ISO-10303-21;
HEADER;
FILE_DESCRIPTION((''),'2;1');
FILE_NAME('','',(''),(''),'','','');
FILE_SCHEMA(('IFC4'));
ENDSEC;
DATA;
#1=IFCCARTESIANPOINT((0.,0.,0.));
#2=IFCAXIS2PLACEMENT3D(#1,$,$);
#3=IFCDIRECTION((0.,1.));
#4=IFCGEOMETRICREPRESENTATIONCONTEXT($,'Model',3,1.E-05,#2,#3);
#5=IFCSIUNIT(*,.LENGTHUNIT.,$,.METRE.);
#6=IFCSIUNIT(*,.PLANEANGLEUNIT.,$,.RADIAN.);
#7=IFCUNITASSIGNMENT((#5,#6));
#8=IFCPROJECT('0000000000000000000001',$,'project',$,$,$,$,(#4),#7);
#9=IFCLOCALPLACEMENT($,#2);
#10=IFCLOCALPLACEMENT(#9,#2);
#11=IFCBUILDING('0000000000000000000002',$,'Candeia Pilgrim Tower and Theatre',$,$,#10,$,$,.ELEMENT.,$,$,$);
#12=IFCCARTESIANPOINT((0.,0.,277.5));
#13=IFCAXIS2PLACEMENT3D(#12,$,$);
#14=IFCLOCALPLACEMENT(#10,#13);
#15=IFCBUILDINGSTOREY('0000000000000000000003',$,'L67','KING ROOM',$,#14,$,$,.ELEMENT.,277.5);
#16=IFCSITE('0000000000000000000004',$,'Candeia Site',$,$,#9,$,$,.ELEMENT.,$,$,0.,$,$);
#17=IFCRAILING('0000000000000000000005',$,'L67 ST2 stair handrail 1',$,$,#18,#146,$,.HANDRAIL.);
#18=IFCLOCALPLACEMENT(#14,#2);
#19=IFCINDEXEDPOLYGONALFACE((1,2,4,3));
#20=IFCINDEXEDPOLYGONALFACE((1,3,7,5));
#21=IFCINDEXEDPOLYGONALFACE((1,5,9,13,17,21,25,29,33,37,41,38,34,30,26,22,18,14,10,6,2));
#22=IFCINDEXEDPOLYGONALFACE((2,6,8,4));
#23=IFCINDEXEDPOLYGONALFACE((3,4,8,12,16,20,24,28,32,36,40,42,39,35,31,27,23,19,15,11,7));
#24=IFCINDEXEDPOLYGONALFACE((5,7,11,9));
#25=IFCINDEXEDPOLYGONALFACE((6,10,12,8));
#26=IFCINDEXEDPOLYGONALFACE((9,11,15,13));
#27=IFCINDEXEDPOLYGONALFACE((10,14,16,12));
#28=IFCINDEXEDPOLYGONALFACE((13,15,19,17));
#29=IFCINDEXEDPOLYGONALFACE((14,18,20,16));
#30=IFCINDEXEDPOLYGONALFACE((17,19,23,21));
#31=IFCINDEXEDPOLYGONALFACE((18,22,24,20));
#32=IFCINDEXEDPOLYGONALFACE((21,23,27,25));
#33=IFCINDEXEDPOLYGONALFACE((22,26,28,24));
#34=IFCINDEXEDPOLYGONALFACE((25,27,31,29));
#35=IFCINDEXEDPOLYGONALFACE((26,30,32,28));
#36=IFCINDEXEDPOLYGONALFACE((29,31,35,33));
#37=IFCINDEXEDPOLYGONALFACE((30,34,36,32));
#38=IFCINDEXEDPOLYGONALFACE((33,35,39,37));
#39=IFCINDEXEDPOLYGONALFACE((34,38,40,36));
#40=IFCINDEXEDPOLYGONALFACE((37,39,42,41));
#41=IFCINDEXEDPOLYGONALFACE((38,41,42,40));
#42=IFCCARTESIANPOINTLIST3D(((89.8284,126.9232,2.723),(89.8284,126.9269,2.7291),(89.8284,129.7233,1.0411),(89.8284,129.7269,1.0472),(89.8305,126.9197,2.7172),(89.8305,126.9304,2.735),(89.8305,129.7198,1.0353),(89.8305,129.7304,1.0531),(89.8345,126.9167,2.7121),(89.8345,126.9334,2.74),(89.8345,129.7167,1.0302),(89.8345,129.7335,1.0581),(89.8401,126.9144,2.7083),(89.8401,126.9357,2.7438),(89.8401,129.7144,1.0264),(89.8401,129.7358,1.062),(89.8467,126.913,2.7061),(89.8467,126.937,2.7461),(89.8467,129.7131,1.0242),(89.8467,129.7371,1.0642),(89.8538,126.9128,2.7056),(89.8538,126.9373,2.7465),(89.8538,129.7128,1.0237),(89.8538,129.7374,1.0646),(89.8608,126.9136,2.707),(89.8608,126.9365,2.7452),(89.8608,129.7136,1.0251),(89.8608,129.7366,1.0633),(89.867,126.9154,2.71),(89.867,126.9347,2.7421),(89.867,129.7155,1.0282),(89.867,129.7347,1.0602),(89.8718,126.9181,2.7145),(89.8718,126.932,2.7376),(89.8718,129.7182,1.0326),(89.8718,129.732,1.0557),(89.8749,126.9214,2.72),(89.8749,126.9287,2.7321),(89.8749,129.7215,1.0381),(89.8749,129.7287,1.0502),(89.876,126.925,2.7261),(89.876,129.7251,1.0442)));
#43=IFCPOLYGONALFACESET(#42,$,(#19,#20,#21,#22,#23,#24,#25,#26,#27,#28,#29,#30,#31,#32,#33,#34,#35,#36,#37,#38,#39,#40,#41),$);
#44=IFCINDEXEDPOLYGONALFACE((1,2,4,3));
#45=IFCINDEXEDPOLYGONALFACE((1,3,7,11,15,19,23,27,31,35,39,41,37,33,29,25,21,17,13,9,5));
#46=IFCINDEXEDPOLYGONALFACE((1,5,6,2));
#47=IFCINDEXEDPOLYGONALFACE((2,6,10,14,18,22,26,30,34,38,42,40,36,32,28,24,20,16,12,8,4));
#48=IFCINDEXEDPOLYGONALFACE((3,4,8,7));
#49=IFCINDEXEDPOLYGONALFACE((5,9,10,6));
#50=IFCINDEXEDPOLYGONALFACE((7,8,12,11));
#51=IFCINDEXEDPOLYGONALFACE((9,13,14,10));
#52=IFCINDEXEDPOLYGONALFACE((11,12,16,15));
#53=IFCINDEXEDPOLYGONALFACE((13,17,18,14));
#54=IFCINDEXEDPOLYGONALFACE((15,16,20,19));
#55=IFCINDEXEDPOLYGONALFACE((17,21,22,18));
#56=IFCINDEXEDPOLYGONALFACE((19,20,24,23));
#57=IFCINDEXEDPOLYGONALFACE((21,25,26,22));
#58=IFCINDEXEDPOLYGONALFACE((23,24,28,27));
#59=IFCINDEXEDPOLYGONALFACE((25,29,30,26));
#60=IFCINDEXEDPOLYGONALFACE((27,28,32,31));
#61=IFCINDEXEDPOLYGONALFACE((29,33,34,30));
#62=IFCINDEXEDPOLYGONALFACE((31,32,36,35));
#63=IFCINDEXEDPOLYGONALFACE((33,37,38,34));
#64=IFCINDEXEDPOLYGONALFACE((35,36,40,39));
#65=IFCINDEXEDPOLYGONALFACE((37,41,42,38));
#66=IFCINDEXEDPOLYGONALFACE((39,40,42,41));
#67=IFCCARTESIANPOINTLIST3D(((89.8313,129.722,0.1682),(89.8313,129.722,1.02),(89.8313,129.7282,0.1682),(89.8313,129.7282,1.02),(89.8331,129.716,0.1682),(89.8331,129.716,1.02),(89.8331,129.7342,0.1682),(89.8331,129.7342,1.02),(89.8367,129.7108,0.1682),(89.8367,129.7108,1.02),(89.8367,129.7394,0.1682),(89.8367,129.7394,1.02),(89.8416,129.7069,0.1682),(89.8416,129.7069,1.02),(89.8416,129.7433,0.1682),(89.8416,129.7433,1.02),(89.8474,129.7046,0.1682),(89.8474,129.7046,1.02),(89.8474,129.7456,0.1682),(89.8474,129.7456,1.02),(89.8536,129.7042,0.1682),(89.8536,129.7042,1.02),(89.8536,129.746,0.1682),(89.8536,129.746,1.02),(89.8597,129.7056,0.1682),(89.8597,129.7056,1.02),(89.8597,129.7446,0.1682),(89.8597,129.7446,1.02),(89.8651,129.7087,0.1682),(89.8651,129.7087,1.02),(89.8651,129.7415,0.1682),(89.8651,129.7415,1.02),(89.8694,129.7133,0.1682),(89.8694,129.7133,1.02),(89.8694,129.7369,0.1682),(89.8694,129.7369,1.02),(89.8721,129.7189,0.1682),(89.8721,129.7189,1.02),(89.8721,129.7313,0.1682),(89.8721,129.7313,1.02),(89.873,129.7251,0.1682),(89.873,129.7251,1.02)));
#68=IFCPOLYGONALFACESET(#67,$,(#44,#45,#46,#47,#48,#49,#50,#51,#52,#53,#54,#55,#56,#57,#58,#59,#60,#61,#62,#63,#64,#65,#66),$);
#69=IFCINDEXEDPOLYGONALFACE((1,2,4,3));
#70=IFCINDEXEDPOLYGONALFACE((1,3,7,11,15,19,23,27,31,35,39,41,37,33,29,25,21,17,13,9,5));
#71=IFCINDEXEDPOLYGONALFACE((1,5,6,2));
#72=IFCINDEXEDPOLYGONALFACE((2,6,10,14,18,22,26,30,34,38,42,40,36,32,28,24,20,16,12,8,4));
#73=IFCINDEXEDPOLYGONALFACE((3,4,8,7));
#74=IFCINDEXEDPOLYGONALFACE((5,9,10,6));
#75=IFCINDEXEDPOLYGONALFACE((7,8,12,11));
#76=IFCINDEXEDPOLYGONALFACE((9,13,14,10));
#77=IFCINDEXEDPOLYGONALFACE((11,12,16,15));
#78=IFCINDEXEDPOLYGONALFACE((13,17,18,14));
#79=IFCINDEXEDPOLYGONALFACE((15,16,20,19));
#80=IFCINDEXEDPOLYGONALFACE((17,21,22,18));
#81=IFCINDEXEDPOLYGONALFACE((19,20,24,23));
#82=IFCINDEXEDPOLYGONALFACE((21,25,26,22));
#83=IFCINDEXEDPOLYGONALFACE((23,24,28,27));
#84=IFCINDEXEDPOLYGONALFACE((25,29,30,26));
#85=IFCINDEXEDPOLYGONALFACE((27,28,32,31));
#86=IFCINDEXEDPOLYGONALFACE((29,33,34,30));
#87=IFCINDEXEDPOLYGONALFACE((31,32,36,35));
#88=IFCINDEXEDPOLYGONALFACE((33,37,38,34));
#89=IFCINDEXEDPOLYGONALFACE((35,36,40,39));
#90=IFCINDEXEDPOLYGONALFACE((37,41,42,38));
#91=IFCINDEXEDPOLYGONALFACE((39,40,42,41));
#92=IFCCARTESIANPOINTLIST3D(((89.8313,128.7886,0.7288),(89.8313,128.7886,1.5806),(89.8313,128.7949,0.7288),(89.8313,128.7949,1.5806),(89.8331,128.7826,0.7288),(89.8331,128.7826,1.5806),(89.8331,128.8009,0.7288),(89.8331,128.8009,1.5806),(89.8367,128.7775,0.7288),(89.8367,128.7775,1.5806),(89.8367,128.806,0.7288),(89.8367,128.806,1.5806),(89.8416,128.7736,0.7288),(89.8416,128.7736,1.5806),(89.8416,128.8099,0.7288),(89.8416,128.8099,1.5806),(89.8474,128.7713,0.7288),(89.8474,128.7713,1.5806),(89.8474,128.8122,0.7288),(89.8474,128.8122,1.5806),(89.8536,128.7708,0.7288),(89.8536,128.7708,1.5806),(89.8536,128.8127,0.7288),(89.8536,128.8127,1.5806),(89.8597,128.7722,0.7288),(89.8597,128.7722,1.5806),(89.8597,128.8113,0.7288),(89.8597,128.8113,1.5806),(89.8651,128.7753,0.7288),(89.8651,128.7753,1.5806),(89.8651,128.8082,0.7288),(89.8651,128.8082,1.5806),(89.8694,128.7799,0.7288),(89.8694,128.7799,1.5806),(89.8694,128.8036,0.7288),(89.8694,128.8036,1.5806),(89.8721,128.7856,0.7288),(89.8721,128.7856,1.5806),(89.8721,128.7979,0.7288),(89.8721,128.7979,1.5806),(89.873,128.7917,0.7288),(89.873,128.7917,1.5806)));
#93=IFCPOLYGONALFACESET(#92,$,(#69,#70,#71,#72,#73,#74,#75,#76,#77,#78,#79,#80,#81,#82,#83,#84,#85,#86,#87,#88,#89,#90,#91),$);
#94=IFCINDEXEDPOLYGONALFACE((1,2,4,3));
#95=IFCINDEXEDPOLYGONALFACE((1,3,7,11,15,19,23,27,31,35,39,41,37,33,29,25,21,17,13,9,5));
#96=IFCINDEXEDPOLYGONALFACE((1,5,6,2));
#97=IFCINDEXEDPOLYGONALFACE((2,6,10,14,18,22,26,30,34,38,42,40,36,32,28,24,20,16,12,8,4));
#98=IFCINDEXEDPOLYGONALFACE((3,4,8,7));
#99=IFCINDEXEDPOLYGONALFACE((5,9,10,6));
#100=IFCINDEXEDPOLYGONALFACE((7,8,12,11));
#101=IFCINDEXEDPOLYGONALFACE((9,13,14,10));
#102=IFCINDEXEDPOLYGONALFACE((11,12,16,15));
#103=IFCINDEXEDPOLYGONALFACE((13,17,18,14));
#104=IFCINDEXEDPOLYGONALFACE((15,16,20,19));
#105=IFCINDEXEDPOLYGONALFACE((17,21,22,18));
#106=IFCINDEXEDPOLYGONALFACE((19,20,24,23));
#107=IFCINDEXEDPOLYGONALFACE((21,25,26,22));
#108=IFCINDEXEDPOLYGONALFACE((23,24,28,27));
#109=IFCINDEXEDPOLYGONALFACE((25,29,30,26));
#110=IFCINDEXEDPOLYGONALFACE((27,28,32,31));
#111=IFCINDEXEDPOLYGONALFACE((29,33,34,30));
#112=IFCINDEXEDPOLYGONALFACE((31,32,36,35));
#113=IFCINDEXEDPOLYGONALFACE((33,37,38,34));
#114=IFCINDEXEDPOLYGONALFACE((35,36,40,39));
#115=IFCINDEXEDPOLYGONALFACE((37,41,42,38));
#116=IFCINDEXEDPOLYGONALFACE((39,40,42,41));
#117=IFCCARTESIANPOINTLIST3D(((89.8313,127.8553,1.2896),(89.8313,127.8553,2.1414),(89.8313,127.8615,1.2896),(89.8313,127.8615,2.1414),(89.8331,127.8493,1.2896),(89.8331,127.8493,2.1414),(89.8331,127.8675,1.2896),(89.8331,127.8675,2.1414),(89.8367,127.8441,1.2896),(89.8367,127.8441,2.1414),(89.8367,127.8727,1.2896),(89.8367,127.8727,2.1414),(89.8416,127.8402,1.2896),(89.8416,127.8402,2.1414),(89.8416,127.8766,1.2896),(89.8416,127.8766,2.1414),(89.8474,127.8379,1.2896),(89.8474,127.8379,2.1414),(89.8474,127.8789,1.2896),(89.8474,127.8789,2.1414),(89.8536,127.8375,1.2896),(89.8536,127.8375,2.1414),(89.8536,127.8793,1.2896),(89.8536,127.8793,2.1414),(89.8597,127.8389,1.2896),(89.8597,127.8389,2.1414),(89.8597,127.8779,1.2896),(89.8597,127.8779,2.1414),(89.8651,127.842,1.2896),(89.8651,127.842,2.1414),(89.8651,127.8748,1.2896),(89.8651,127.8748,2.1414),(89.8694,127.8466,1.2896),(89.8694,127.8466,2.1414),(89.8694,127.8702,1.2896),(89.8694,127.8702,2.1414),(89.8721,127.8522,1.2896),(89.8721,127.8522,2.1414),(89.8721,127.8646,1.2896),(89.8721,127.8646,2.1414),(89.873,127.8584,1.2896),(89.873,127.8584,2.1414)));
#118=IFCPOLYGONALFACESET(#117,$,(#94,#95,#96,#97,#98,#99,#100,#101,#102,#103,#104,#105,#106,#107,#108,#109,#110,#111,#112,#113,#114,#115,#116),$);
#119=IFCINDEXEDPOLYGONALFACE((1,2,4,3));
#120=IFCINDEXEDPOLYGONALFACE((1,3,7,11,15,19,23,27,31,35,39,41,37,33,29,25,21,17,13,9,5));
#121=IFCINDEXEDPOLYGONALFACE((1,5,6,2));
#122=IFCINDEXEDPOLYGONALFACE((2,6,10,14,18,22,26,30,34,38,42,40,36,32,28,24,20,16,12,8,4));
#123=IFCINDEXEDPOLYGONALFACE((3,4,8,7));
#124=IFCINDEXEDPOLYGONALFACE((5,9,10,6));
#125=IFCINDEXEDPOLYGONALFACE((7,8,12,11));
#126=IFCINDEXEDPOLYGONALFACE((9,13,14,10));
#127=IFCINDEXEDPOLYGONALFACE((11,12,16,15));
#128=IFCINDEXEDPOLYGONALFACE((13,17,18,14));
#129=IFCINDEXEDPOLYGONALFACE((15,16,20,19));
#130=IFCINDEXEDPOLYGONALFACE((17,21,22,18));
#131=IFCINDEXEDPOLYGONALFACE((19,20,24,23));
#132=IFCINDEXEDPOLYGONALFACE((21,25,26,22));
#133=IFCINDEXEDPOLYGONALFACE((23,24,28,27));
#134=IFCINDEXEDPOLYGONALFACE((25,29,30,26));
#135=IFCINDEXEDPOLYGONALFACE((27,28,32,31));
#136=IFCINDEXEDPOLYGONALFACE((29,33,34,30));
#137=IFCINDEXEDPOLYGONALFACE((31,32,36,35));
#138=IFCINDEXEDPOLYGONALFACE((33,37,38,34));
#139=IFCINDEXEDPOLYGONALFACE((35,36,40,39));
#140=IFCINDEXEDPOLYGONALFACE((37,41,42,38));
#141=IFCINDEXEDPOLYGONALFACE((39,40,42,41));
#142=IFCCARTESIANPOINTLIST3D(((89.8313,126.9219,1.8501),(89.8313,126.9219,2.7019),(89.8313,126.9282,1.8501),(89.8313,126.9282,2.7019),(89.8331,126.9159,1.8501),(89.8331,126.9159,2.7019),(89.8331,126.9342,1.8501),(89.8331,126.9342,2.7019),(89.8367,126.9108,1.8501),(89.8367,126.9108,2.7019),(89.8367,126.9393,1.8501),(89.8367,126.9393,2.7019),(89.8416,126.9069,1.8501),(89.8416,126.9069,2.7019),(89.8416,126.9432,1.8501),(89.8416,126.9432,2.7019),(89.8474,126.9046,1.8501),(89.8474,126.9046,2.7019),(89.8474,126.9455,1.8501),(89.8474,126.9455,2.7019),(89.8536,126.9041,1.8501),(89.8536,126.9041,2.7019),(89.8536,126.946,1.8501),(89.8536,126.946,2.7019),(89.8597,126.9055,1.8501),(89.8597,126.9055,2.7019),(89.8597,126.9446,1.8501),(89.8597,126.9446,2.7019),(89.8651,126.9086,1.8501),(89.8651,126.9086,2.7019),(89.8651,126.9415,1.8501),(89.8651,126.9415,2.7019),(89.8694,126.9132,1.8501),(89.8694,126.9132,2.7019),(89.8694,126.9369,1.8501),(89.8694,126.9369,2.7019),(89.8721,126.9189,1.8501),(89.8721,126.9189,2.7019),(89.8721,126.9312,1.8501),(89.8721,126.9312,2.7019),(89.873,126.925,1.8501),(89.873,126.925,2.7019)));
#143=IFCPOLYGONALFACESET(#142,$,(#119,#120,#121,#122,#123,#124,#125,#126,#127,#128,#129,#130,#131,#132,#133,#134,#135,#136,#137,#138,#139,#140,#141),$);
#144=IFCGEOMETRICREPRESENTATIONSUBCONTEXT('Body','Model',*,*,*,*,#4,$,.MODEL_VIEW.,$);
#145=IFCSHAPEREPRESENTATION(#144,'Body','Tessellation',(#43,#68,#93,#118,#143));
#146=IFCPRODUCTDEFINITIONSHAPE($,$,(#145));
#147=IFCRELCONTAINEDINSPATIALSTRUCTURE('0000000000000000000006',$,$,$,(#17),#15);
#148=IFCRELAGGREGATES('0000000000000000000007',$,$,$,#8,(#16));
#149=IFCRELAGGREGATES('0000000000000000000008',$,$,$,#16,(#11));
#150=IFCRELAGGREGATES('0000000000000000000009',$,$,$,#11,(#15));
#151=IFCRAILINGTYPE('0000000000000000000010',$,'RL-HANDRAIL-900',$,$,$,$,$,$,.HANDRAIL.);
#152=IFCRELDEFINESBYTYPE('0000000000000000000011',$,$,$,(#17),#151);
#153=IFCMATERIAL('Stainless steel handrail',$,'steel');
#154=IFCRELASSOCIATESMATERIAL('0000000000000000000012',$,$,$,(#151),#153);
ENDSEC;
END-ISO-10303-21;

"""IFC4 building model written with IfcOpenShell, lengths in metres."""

from ifc_helpers import new_model, si_unit, direction, frame, origin, origin_2d, place, context, subcontext, project, spatial, circle, extrude, material, type_object, element, save


model = new_model("IFC4")

# Units and contexts
model_context = context("Model", 3, precision=1e-05, world=origin(), true_north=direction((0.0, 1.0)))
body_context = subcontext(model_context, "Body", "Model", "MODEL_VIEW")
ifc_project = project(units=[si_unit("LENGTHUNIT", "METRE"), si_unit("PLANEANGLEUNIT", "RADIAN")], contexts=[model_context])

# Site, building, storey
site_placement = place(None, origin())
site = spatial("IfcSite", under=ifc_project, at=site_placement, Name="Candeia Site", CompositionType="ELEMENT", RefElevation=0.0)
building_placement = place(site_placement, origin())
building = spatial("IfcBuilding", under=site, at=building_placement, Name="Candeia Pilgrim Tower and Theatre", CompositionType="ELEMENT")
storey_placement = place(building_placement, frame((0.0, 0.0, 277.5)))
storey = spatial("IfcBuildingStorey", under=building, at=storey_placement, Name="L67", Description="KING ROOM", CompositionType="ELEMENT", Elevation=277.5)

# Railing
ifc_material_1 = material(Name="Stainless steel handrail", Category="steel")
railing_type_1 = type_object("IfcRailingType", Name="RL-HANDRAIL-900", PredefinedType="HANDRAIL", material=ifc_material_1)
railing_1_placement = place(storey_placement, frame((89.8521, 129.7251, 0.1682)))
element("IfcRailing", 1, at=railing_1_placement, inside=storey, type_object=railing_type_1, Name="L67 ST2 stair handrail 1", PredefinedType="HANDRAIL", context=body_context, shape_type="SweptSolid", body=[
    extrude(circle(Radius=0.0239, at=origin_2d()), frame((0.0, 0.0, 0.876), z_axis=(0.0, -0.857242, 0.514913), x_axis=(1.0, 0.0, 0.0)), (0.0, 0.0, 1.0), 3.2664),
    extrude(circle(Radius=0.021, at=origin_2d()), origin(), (0.0, 0.0, 1.0), 0.8518),
    extrude(circle(Radius=0.021, at=origin_2d()), frame((0.0, -0.9333, 0.5605)), (0.0, 0.0, 1.0), 0.8518),
    extrude(circle(Radius=0.021, at=origin_2d()), frame((0.0, -1.8667, 1.1213)), (0.0, 0.0, 1.0), 0.8518),
    extrude(circle(Radius=0.021, at=origin_2d()), frame((0.0, -2.8, 1.6819)), (0.0, 0.0, 1.0), 0.8518),
])

save(model, "model.ifc")
